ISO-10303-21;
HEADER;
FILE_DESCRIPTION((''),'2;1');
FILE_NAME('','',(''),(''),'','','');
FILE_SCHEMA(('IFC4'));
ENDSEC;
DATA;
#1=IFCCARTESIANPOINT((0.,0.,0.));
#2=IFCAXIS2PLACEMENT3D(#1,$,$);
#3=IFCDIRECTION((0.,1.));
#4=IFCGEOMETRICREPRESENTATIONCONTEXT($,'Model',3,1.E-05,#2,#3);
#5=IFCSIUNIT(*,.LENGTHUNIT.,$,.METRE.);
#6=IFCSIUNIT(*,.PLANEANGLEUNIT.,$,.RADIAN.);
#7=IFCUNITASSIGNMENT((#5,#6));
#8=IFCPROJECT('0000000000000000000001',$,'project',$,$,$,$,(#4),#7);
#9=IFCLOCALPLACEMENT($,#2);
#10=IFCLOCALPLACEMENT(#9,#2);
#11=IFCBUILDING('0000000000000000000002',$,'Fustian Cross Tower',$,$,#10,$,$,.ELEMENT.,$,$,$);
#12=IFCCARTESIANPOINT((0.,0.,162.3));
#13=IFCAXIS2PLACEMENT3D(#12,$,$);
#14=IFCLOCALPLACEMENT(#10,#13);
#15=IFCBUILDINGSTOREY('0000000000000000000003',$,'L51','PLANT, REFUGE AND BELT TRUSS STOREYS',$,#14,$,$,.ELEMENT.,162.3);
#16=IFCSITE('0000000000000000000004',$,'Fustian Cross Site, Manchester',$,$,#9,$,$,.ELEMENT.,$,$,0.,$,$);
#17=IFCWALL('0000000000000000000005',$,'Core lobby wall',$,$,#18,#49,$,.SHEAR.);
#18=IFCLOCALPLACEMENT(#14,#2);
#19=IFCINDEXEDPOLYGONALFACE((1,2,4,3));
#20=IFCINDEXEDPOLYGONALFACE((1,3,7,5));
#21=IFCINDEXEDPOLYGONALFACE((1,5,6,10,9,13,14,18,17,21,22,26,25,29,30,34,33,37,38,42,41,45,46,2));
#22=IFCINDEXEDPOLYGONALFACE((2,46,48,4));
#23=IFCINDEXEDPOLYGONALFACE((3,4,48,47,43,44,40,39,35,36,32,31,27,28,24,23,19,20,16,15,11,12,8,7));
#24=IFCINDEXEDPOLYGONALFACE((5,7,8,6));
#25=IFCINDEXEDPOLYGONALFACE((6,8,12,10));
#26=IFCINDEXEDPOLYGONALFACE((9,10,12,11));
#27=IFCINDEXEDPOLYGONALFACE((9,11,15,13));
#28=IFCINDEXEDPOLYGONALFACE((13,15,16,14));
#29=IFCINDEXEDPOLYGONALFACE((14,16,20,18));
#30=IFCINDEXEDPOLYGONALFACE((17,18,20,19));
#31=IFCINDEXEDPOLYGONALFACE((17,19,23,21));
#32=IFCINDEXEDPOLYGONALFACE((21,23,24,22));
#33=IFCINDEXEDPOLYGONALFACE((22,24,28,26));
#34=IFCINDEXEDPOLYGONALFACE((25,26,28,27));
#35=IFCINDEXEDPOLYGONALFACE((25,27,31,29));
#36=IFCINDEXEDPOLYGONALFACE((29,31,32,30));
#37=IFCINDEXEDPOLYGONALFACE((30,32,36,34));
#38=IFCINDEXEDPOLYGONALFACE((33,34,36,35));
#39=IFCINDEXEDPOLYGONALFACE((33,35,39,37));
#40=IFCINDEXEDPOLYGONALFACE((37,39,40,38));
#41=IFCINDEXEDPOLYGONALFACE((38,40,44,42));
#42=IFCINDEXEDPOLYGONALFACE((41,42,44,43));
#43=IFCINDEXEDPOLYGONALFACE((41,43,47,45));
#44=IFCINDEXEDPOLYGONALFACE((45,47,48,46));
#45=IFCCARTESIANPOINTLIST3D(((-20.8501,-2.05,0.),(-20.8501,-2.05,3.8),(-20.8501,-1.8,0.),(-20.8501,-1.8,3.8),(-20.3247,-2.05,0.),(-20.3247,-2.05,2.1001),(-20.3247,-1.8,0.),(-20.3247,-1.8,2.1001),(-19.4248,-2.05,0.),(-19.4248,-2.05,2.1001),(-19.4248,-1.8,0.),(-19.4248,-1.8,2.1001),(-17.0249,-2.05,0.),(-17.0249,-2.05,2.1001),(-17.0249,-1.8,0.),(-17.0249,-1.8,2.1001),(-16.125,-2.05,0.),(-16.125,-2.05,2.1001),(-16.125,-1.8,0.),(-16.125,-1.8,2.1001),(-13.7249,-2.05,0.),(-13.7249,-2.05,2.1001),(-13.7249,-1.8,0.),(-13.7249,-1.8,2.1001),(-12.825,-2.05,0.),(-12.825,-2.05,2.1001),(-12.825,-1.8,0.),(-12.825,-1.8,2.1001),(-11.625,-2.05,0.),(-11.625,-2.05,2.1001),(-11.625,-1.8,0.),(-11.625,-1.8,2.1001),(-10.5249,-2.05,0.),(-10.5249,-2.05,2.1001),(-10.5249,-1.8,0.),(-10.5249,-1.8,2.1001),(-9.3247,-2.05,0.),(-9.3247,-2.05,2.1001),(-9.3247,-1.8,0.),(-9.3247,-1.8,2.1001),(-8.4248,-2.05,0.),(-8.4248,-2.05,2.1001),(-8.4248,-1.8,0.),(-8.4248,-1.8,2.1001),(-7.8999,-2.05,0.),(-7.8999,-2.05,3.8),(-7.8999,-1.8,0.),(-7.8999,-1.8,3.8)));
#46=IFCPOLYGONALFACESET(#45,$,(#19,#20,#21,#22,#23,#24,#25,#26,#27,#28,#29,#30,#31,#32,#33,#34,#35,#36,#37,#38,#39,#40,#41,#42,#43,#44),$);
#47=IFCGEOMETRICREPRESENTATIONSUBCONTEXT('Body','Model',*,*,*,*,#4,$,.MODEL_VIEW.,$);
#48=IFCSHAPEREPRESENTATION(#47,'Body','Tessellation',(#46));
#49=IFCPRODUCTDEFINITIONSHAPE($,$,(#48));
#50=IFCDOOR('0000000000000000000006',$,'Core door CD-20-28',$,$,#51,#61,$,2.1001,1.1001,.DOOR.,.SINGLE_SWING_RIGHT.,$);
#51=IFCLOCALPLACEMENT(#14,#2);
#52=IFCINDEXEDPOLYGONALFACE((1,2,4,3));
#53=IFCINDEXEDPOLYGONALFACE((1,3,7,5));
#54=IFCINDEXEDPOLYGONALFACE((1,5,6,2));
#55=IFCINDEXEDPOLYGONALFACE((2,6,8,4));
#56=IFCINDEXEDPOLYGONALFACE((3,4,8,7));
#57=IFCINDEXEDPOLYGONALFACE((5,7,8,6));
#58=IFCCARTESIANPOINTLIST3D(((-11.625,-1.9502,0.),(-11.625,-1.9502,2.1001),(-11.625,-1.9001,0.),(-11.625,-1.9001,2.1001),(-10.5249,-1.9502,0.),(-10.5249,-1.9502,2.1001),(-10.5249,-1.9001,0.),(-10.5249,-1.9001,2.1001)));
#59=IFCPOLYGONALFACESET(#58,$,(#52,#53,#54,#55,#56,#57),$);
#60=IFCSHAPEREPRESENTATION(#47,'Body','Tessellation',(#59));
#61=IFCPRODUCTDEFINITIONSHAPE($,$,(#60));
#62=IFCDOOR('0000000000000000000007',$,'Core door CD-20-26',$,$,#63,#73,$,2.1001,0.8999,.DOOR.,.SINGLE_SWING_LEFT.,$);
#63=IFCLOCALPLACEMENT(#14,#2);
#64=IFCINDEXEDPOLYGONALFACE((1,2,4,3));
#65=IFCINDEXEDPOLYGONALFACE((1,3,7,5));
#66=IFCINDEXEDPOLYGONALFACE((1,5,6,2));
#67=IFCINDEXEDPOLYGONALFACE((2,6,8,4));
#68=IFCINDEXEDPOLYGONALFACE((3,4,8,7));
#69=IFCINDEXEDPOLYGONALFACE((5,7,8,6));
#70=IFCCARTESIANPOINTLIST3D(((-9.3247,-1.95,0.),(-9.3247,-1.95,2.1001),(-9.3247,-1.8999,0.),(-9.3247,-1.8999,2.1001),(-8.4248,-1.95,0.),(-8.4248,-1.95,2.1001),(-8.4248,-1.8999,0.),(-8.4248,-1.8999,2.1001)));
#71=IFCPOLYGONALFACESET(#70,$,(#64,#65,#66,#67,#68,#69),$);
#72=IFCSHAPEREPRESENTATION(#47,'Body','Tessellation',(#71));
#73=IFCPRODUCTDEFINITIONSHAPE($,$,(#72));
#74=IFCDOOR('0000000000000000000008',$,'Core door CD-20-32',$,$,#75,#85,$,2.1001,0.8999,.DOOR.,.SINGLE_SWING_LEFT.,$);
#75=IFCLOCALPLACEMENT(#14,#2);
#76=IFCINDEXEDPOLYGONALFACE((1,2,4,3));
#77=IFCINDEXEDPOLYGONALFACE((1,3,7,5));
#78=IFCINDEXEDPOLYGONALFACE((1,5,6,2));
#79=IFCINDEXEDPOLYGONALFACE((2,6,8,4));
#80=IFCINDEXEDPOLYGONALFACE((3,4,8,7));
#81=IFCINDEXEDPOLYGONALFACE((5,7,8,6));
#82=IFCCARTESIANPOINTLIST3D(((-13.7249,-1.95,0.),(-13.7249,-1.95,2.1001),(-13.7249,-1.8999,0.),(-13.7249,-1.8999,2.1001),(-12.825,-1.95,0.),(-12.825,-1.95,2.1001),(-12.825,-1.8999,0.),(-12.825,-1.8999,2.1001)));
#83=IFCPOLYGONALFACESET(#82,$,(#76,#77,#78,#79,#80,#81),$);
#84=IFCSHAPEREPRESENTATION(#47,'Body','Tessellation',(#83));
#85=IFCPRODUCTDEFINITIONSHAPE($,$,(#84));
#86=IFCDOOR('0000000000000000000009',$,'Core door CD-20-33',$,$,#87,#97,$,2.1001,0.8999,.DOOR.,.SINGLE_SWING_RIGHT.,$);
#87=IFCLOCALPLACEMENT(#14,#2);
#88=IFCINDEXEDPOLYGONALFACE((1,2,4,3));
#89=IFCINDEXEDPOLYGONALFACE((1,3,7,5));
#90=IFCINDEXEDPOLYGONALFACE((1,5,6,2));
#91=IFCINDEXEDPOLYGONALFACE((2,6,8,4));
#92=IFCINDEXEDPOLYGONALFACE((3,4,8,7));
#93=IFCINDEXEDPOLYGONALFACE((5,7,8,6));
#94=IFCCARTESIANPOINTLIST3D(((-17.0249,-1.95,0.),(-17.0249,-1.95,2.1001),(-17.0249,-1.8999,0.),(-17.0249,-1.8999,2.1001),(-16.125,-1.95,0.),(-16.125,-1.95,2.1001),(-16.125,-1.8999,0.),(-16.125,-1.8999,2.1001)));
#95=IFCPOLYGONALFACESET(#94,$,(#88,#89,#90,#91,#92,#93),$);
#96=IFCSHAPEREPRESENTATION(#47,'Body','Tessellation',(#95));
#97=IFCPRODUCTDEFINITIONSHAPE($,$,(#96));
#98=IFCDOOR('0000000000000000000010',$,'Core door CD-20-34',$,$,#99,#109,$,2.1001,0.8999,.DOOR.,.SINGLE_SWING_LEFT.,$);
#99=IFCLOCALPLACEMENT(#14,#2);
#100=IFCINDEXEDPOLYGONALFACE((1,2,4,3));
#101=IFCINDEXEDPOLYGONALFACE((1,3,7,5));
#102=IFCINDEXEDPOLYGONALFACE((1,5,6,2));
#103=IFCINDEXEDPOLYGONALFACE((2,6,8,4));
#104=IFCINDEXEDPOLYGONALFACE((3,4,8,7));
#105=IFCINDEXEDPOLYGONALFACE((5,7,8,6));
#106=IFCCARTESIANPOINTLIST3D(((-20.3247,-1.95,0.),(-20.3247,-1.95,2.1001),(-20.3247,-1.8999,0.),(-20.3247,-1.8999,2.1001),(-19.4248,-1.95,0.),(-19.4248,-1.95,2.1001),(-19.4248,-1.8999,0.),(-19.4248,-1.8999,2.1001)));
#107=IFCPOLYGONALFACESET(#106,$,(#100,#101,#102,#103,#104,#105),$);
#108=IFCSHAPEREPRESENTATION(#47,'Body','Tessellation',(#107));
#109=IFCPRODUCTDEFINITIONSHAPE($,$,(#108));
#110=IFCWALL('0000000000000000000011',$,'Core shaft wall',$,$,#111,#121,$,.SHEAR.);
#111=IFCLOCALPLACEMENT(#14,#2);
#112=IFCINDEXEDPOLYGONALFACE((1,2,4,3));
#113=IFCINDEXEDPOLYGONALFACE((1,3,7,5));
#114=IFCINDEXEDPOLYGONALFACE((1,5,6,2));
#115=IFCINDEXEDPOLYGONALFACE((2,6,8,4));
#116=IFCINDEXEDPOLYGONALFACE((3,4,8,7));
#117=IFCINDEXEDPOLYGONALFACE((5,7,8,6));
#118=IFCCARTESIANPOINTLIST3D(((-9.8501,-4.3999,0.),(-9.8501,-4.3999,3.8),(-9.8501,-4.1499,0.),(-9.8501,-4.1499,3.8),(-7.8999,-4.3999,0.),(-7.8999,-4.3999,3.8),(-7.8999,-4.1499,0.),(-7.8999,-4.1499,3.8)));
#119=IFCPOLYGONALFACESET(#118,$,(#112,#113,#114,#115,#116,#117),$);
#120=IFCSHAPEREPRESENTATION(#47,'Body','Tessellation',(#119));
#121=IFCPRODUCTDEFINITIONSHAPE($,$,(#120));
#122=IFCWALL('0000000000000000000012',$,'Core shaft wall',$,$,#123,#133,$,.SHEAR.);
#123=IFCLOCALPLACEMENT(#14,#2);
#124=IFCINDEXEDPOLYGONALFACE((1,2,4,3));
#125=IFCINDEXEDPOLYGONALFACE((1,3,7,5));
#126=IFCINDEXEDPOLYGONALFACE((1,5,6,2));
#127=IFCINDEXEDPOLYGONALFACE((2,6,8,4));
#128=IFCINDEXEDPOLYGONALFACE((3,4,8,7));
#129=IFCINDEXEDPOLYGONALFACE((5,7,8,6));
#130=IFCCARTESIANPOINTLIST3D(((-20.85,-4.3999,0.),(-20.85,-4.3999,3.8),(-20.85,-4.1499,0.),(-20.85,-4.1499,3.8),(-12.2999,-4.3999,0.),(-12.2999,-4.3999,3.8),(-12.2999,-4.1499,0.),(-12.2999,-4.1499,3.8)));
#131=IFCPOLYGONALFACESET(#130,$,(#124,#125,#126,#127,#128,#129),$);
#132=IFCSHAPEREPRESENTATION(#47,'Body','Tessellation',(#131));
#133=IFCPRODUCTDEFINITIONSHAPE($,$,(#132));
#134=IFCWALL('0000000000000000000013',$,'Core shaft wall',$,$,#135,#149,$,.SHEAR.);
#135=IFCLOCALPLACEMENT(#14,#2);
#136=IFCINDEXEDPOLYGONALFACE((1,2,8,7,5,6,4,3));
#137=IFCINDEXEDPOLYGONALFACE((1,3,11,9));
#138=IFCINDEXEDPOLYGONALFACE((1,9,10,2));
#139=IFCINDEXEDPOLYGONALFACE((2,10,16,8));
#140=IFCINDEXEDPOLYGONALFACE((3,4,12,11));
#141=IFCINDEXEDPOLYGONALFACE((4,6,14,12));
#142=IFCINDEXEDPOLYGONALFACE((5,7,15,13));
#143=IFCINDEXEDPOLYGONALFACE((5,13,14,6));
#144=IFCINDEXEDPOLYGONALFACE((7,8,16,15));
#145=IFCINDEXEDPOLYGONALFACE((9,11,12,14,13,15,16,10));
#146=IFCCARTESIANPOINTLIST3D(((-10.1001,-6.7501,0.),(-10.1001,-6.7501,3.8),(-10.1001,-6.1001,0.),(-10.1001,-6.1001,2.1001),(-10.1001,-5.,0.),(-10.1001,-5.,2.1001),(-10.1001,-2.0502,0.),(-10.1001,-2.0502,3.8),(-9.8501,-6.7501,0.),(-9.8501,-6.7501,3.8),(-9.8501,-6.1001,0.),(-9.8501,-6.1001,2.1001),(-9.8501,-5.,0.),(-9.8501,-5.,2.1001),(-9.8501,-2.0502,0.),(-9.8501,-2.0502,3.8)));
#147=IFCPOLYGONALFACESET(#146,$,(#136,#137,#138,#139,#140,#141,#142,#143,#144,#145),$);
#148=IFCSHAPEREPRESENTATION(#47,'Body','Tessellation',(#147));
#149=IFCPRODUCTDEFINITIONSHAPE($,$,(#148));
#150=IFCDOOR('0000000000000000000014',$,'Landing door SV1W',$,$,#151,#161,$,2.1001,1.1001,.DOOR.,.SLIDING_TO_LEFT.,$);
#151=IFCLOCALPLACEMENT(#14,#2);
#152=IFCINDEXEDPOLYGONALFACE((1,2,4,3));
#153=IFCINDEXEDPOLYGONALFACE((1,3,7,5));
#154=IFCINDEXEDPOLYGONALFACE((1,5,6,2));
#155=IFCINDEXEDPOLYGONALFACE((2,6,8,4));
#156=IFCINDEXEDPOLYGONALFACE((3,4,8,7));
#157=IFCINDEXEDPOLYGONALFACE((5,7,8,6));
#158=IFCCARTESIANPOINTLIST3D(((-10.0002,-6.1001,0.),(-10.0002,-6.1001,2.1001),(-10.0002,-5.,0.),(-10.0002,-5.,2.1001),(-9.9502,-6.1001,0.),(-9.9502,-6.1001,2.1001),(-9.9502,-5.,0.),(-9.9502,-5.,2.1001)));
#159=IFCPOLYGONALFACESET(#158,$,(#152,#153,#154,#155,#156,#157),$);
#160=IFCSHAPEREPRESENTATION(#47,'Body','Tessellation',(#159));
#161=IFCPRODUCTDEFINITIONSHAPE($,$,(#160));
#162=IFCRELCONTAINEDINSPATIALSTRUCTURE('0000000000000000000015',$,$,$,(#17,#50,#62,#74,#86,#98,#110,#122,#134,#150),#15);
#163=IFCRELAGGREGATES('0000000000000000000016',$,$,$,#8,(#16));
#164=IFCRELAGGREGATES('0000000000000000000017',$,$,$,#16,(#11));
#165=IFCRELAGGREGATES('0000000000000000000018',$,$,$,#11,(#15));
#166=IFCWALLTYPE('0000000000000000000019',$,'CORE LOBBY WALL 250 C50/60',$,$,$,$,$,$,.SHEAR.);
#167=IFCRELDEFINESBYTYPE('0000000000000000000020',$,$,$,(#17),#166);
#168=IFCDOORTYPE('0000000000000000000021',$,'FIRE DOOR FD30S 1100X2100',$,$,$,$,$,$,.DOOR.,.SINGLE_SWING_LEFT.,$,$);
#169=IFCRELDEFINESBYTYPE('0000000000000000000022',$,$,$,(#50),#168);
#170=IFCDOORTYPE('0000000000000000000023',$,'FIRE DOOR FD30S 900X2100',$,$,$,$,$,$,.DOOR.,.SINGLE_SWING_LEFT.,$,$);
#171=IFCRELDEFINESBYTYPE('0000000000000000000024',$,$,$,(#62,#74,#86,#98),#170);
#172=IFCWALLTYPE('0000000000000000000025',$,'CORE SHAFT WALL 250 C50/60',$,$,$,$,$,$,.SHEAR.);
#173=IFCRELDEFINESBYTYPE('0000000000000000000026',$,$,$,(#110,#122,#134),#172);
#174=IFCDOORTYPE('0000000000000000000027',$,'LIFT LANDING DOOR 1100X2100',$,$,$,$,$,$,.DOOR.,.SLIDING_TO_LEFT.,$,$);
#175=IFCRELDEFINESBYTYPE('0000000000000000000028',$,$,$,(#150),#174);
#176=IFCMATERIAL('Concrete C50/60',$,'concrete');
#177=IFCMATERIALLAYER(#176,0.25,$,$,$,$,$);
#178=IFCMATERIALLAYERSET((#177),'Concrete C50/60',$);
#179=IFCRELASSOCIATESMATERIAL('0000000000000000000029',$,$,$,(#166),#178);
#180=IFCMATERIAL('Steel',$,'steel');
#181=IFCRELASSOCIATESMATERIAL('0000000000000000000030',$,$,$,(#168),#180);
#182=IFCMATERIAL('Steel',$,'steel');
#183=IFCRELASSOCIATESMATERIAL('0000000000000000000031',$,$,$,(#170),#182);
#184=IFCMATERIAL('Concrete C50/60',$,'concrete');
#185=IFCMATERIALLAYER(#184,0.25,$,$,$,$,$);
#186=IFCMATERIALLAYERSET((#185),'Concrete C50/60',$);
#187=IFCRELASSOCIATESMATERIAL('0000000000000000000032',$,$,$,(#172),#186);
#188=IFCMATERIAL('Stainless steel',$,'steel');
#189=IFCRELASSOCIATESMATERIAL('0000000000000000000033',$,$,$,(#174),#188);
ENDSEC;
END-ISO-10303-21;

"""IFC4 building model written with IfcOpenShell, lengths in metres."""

from ifc_helpers import new_model, si_unit, direction, frame, frame_2d, origin, place, context, subcontext, project, spatial, rectangle, extrude, material, layer, layer_set, type_object, element, fill, save


model = new_model("IFC4")

# Units and contexts
model_context = context("Model", 3, precision=1e-05, world=origin(), true_north=direction((0.0, 1.0)))
body_context = subcontext(model_context, "Body", "Model", "MODEL_VIEW")
ifc_project = project(units=[si_unit("LENGTHUNIT", "METRE"), si_unit("PLANEANGLEUNIT", "RADIAN")], contexts=[model_context])

# Site, building, storey
site_placement = place(None, origin())
site = spatial("IfcSite", under=ifc_project, at=site_placement, Name="Fustian Cross Site, Manchester", CompositionType="ELEMENT", RefElevation=0.0)
building_placement = place(site_placement, origin())
building = spatial("IfcBuilding", under=site, at=building_placement, Name="Fustian Cross Tower", CompositionType="ELEMENT")
storey_placement = place(building_placement, frame((0.0, 0.0, 162.3)))
storey = spatial("IfcBuildingStorey", under=building, at=storey_placement, Name="L51", Description="PLANT, REFUGE AND BELT TRUSS STOREYS", CompositionType="ELEMENT", Elevation=162.3)

# Wall, openings, doors
ifc_material_1 = material(Name="Concrete C50/60", Category="concrete")
ifc_layer_1 = layer(ifc_material_1, 0.25)
ifc_layer_set_1 = layer_set([ifc_layer_1], Name="Concrete C50/60")
wall_type_1 = type_object("IfcWallType", Name="CORE LOBBY WALL 250 C50/60", PredefinedType="SHEAR", material=ifc_layer_set_1)
wall_1_placement = place(storey_placement, frame((-7.8999, -1.925, 0.0), z_axis=(0.0, 0.0, 1.0), x_axis=(-1.0, 0.0, 0.0)))
wall_1 = element("IfcWall", 1, at=wall_1_placement, inside=storey, type_object=wall_type_1, Name="Core lobby wall", PredefinedType="SHEAR", context=body_context, shape_type="SweptSolid", body=[
    extrude(rectangle(XDim=12.9502, YDim=0.25, at=frame_2d((6.4751, 0.0))), origin(), (0.0, 0.0, 1.0), 3.8),
])
opening_1_placement = place(wall_1_placement, frame((0.5249, 0.0, 0.0)))
opening_1 = element("IfcOpeningElement", 2, at=opening_1_placement, cuts=wall_1, PredefinedType="OPENING", context=body_context, shape_type="SweptSolid", body=[
    extrude(rectangle(XDim=0.8999, YDim=2.1001, at=frame_2d((0.45, 1.05))), frame((0.0, 0.135, 0.0), z_axis=(0.0, -1.0, 0.0), x_axis=(1.0, 0.0, 0.0)), (0.0, 0.0, 1.0), 0.27),
])
opening_2_placement = place(wall_1_placement, frame((2.625, 0.0, 0.0)))
opening_2 = element("IfcOpeningElement", 3, at=opening_2_placement, cuts=wall_1, PredefinedType="OPENING", context=body_context, shape_type="SweptSolid", body=[
    extrude(rectangle(XDim=1.1001, YDim=2.1001, at=frame_2d((0.55, 1.05))), frame((0.0, 0.135, 0.0), z_axis=(0.0, -1.0, 0.0), x_axis=(1.0, 0.0, 0.0)), (0.0, 0.0, 1.0), 0.27),
])
opening_3_placement = place(wall_1_placement, frame((4.925, 0.0, 0.0)))
opening_3 = element("IfcOpeningElement", 4, at=opening_3_placement, cuts=wall_1, PredefinedType="OPENING", context=body_context, shape_type="SweptSolid", body=[
    extrude(rectangle(XDim=0.8999, YDim=2.1001, at=frame_2d((0.45, 1.05))), frame((0.0, 0.135, 0.0), z_axis=(0.0, -1.0, 0.0), x_axis=(1.0, 0.0, 0.0)), (0.0, 0.0, 1.0), 0.27),
])
opening_4_placement = place(wall_1_placement, frame((8.2251, 0.0, 0.0)))
opening_4 = element("IfcOpeningElement", 5, at=opening_4_placement, cuts=wall_1, PredefinedType="OPENING", context=body_context, shape_type="SweptSolid", body=[
    extrude(rectangle(XDim=0.8999, YDim=2.1001, at=frame_2d((0.45, 1.05))), frame((0.0, 0.135, 0.0), z_axis=(0.0, -1.0, 0.0), x_axis=(1.0, 0.0, 0.0)), (0.0, 0.0, 1.0), 0.27),
])
opening_5_placement = place(wall_1_placement, frame((11.5249, 0.0, 0.0)))
opening_5 = element("IfcOpeningElement", 6, at=opening_5_placement, cuts=wall_1, PredefinedType="OPENING", context=body_context, shape_type="SweptSolid", body=[
    extrude(rectangle(XDim=0.8999, YDim=2.1001, at=frame_2d((0.45, 1.05))), frame((0.0, 0.135, 0.0), z_axis=(0.0, -1.0, 0.0), x_axis=(1.0, 0.0, 0.0)), (0.0, 0.0, 1.0), 0.27),
])
ifc_material_2 = material(Name="Steel", Category="steel")
door_type_1 = type_object("IfcDoorType", Name="FIRE DOOR FD30S 1100X2100", OperationType="SINGLE_SWING_LEFT", PredefinedType="DOOR", material=ifc_material_2)
door_1_placement = place(opening_2_placement, frame((1.1001, 0.0, 0.0), z_axis=(0.0, 0.0, 1.0), x_axis=(-1.0, 0.0, 0.0)))
door_1 = element("IfcDoor", 7, at=door_1_placement, inside=storey, type_object=door_type_1, Name="Core door CD-20-28", OperationType="SINGLE_SWING_RIGHT", OverallHeight=2.1001, OverallWidth=1.1001, PredefinedType="DOOR", context=body_context, shape_type="SweptSolid", body=[
    extrude(rectangle(XDim=1.1001, YDim=2.1001, at=frame_2d((0.55, 1.05))), frame((0.0, 0.0249, 0.0), z_axis=(0.0, -1.0, 0.0), x_axis=(1.0, 0.0, 0.0)), (0.0, 0.0, 1.0), 0.05),
])
fill(opening_2, door_1)
ifc_material_3 = material(Name="Steel", Category="steel")
door_type_2 = type_object("IfcDoorType", Name="FIRE DOOR FD30S 900X2100", OperationType="SINGLE_SWING_LEFT", PredefinedType="DOOR", material=ifc_material_3)
door_2_placement = place(opening_1_placement, origin())
door_2 = element("IfcDoor", 8, at=door_2_placement, inside=storey, type_object=door_type_2, Name="Core door CD-20-26", OperationType="SINGLE_SWING_LEFT", OverallHeight=2.1001, OverallWidth=0.8999, PredefinedType="DOOR", context=body_context, shape_type="SweptSolid", body=[
    extrude(rectangle(XDim=0.8999, YDim=2.1001, at=frame_2d((0.45, 1.05))), frame((0.0, 0.0249, 0.0), z_axis=(0.0, -1.0, 0.0), x_axis=(1.0, 0.0, 0.0)), (0.0, 0.0, 1.0), 0.05),
])
fill(opening_1, door_2)
door_3_placement = place(opening_3_placement, origin())
door_3 = element("IfcDoor", 9, at=door_3_placement, inside=storey, type_object=door_type_2, Name="Core door CD-20-32", OperationType="SINGLE_SWING_LEFT", OverallHeight=2.1001, OverallWidth=0.8999, PredefinedType="DOOR", context=body_context, shape_type="SweptSolid", body=[
    extrude(rectangle(XDim=0.8999, YDim=2.1001, at=frame_2d((0.45, 1.05))), frame((0.0, 0.0249, 0.0), z_axis=(0.0, -1.0, 0.0), x_axis=(1.0, 0.0, 0.0)), (0.0, 0.0, 1.0), 0.05),
])
fill(opening_3, door_3)
door_4_placement = place(opening_4_placement, origin())
door_4 = element("IfcDoor", 10, at=door_4_placement, inside=storey, type_object=door_type_2, Name="Core door CD-20-33", OperationType="SINGLE_SWING_RIGHT", OverallHeight=2.1001, OverallWidth=0.8999, PredefinedType="DOOR", context=body_context, shape_type="SweptSolid", body=[
    extrude(rectangle(XDim=0.8999, YDim=2.1001, at=frame_2d((0.45, 1.05))), frame((0.0, 0.0249, 0.0), z_axis=(0.0, -1.0, 0.0), x_axis=(1.0, 0.0, 0.0)), (0.0, 0.0, 1.0), 0.05),
])
fill(opening_4, door_4)
door_5_placement = place(opening_5_placement, origin())
door_5 = element("IfcDoor", 11, at=door_5_placement, inside=storey, type_object=door_type_2, Name="Core door CD-20-34", OperationType="SINGLE_SWING_LEFT", OverallHeight=2.1001, OverallWidth=0.8999, PredefinedType="DOOR", context=body_context, shape_type="SweptSolid", body=[
    extrude(rectangle(XDim=0.8999, YDim=2.1001, at=frame_2d((0.45, 1.05))), frame((0.0, 0.0249, 0.0), z_axis=(0.0, -1.0, 0.0), x_axis=(1.0, 0.0, 0.0)), (0.0, 0.0, 1.0), 0.05),
])
fill(opening_5, door_5)

# Walls
ifc_material_4 = material(Name="Concrete C50/60", Category="concrete")
ifc_layer_2 = layer(ifc_material_4, 0.25)
ifc_layer_set_2 = layer_set([ifc_layer_2], Name="Concrete C50/60")
wall_type_2 = type_object("IfcWallType", Name="CORE SHAFT WALL 250 C50/60", PredefinedType="SHEAR", material=ifc_layer_set_2)
wall_2_placement = place(storey_placement, frame((-7.8999, -4.2749, 0.0), z_axis=(0.0, 0.0, 1.0), x_axis=(-1.0, 0.0, 0.0)))
element("IfcWall", 12, at=wall_2_placement, inside=storey, type_object=wall_type_2, Name="Core shaft wall", PredefinedType="SHEAR", context=body_context, shape_type="SweptSolid", body=[
    extrude(rectangle(XDim=1.9502, YDim=0.25, at=frame_2d((0.9751, 0.0))), origin(), (0.0, 0.0, 1.0), 3.8),
])
wall_3_placement = place(storey_placement, frame((-12.3, -4.2749, 0.0), z_axis=(0.0, 0.0, 1.0), x_axis=(-1.0, 0.0, 0.0)))
element("IfcWall", 13, at=wall_3_placement, inside=storey, type_object=wall_type_2, Name="Core shaft wall", PredefinedType="SHEAR", context=body_context, shape_type="SweptSolid", body=[
    extrude(rectangle(XDim=8.55, YDim=0.25, at=frame_2d((4.2749, 0.0))), origin(), (0.0, 0.0, 1.0), 3.8),
])

# Wall, opening, door
wall_4_placement = place(storey_placement, frame((-9.9751, -2.05, 0.0), z_axis=(0.0, 0.0, 1.0), x_axis=(0.0, -1.0, 0.0)))
wall_4 = element("IfcWall", 14, at=wall_4_placement, inside=storey, type_object=wall_type_2, Name="Core shaft wall", PredefinedType="SHEAR", context=body_context, shape_type="SweptSolid", body=[
    extrude(rectangle(XDim=4.7, YDim=0.25, at=frame_2d((2.3501, 0.0))), origin(), (0.0, 0.0, 1.0), 3.8),
])
opening_6_placement = place(wall_4_placement, frame((2.95, 0.0, 0.0)))
opening_6 = element("IfcOpeningElement", 15, at=opening_6_placement, cuts=wall_4, PredefinedType="OPENING", context=body_context, shape_type="SweptSolid", body=[
    extrude(rectangle(XDim=1.1001, YDim=2.1001, at=frame_2d((0.55, 1.05))), frame((0.0, 0.135, 0.0), z_axis=(0.0, -1.0, 0.0), x_axis=(1.0, 0.0, 0.0)), (0.0, 0.0, 1.0), 0.27),
])
ifc_material_5 = material(Name="Stainless steel", Category="steel")
door_type_3 = type_object("IfcDoorType", Name="LIFT LANDING DOOR 1100X2100", OperationType="SLIDING_TO_LEFT", PredefinedType="DOOR", material=ifc_material_5)
door_6_placement = place(opening_6_placement, origin())
door_6 = element("IfcDoor", 16, at=door_6_placement, inside=storey, type_object=door_type_3, Name="Landing door SV1W", OperationType="SLIDING_TO_LEFT", OverallHeight=2.1001, OverallWidth=1.1001, PredefinedType="DOOR", context=body_context, shape_type="SweptSolid", body=[
    extrude(rectangle(XDim=1.1001, YDim=2.1001, at=frame_2d((0.55, 1.05))), frame((0.0, 0.0249, 0.0), z_axis=(0.0, -1.0, 0.0), x_axis=(1.0, 0.0, 0.0)), (0.0, 0.0, 1.0), 0.05),
])
fill(opening_6, door_6)

save(model, "model.ifc")
